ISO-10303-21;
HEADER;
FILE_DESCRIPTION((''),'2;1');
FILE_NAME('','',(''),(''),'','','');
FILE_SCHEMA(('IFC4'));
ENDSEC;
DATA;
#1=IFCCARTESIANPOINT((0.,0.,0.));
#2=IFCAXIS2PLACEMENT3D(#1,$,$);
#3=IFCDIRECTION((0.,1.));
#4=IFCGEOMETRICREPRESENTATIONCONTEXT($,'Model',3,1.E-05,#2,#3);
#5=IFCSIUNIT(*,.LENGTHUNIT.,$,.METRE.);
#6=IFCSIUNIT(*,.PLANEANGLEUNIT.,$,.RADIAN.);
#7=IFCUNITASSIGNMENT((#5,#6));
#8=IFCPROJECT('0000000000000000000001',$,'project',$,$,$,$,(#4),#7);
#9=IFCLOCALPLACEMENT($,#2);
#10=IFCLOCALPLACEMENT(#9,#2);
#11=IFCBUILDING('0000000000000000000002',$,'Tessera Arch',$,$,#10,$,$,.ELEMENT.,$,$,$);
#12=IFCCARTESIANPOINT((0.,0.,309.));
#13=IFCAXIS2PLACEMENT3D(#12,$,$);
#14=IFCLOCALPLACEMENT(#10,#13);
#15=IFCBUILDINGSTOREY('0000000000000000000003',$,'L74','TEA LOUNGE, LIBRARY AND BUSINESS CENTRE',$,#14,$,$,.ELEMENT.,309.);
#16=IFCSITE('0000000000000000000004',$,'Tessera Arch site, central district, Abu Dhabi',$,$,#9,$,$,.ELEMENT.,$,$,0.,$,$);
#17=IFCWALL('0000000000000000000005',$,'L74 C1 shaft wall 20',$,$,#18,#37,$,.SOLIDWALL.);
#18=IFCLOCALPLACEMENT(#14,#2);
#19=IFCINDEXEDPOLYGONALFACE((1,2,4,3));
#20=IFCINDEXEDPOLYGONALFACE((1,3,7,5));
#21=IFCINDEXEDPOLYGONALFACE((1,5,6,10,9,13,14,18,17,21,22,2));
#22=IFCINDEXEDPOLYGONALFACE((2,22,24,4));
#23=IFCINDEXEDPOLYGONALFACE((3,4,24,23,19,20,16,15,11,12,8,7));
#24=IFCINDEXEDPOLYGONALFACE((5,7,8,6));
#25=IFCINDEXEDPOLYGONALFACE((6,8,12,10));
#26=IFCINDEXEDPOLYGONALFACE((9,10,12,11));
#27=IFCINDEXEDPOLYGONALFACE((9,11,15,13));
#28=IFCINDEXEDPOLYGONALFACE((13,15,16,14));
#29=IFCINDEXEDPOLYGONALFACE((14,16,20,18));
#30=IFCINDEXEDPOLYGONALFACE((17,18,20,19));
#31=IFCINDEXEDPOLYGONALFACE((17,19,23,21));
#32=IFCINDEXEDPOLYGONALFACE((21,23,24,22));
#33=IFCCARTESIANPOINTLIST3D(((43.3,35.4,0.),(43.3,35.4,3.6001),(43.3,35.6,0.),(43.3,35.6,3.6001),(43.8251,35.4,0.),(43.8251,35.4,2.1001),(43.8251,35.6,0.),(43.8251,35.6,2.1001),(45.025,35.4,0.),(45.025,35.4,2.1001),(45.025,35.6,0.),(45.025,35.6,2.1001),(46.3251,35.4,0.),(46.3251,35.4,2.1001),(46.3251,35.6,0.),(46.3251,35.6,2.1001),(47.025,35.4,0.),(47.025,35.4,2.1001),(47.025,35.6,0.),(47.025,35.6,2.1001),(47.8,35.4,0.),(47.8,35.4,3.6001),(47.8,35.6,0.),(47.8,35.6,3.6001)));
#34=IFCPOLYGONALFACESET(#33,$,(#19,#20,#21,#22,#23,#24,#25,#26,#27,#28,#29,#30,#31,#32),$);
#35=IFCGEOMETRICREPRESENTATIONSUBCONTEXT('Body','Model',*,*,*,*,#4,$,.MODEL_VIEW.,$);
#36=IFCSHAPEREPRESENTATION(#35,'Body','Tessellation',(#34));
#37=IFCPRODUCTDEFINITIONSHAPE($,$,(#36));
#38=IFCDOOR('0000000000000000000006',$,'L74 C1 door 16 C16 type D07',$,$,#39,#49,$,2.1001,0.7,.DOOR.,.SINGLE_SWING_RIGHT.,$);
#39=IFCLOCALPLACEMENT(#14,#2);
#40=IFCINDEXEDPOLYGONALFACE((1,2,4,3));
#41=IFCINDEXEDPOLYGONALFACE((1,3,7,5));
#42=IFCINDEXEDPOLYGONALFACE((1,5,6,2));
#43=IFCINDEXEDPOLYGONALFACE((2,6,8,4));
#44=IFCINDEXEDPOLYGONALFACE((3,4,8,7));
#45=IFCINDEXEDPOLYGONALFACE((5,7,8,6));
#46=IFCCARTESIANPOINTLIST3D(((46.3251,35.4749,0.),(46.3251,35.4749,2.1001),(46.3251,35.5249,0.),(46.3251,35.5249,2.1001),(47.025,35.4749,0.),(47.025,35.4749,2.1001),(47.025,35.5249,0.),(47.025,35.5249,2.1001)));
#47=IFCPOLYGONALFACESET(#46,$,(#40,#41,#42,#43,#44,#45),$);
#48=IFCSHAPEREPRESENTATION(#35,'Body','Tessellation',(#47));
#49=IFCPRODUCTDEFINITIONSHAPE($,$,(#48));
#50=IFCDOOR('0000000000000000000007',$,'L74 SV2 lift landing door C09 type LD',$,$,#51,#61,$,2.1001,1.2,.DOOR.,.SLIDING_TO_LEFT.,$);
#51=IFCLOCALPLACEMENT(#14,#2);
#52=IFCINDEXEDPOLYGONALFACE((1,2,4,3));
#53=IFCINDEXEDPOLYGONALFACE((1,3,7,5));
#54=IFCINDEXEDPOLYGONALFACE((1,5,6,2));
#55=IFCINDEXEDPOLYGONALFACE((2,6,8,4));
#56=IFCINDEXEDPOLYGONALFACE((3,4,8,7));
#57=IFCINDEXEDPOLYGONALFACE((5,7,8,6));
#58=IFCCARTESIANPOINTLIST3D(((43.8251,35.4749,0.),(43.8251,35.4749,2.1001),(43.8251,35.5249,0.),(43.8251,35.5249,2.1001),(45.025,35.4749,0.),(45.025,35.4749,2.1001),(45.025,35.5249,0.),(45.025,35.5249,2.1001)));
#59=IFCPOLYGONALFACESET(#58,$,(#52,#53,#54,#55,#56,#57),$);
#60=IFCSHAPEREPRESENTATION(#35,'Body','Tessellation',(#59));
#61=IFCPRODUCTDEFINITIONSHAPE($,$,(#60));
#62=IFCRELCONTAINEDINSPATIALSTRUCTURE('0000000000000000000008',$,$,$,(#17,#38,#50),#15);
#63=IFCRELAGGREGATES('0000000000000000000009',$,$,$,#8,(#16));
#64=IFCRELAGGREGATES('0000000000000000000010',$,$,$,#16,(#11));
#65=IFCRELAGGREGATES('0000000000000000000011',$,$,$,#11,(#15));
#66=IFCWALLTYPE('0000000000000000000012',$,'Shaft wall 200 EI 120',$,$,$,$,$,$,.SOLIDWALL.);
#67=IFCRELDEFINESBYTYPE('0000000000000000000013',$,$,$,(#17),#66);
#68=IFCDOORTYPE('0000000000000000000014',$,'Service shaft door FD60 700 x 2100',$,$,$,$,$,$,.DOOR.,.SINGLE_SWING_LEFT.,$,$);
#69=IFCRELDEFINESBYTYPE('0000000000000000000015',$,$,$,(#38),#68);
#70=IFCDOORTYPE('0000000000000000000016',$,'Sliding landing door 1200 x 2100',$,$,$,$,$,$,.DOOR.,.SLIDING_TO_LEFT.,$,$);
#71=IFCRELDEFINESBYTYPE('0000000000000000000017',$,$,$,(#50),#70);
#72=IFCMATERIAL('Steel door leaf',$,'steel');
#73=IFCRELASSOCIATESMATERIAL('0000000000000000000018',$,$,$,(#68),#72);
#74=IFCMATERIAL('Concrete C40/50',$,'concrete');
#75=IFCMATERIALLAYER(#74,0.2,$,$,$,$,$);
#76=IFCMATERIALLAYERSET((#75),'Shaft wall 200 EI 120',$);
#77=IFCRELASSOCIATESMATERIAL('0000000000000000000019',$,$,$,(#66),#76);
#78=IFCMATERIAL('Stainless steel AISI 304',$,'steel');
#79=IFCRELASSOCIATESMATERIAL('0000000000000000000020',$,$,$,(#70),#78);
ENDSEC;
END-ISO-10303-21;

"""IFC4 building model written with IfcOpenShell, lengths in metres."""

from ifc_helpers import new_model, si_unit, direction, frame, frame_2d, origin, place, context, subcontext, project, spatial, rectangle, extrude, material, layer, layer_set, type_object, element, fill, save


model = new_model("IFC4")

# Units and contexts
model_context = context("Model", 3, precision=1e-05, world=origin(), true_north=direction((0.0, 1.0)))
body_context = subcontext(model_context, "Body", "Model", "MODEL_VIEW")
ifc_project = project(units=[si_unit("LENGTHUNIT", "METRE"), si_unit("PLANEANGLEUNIT", "RADIAN")], contexts=[model_context])

# Site, building, storey
site_placement = place(None, origin())
site = spatial("IfcSite", under=ifc_project, at=site_placement, Name="Tessera Arch site, central district, Abu Dhabi", CompositionType="ELEMENT", RefElevation=0.0)
building_placement = place(site_placement, origin())
building = spatial("IfcBuilding", under=site, at=building_placement, Name="Tessera Arch", CompositionType="ELEMENT")
storey_placement = place(building_placement, frame((0.0, 0.0, 309.0)))
storey = spatial("IfcBuildingStorey", under=building, at=storey_placement, Name="L74", Description="TEA LOUNGE, LIBRARY AND BUSINESS CENTRE", CompositionType="ELEMENT", Elevation=309.0)

# Shared definitions
ifc_material_1 = material(Name="Steel door leaf", Category="steel")
door_type_1 = type_object("IfcDoorType", Name="Service shaft door FD60 700 x 2100", OperationType="SINGLE_SWING_LEFT", PredefinedType="DOOR", material=ifc_material_1)

# Shared definitions
ifc_material_2 = material(Name="Concrete C40/50", Category="concrete")
ifc_layer_1 = layer(ifc_material_2, 0.2)
ifc_layer_set_1 = layer_set([ifc_layer_1], Name="Shaft wall 200 EI 120")
wall_type_1 = type_object("IfcWallType", Name="Shaft wall 200 EI 120", PredefinedType="SOLIDWALL", material=ifc_layer_set_1)

# Wall, openings, doors
wall_1_placement = place(storey_placement, frame((43.3, 35.5, 0.0), z_axis=(0.0, 0.0, 1.0), x_axis=(1.0, 0.0, 0.0)))
wall_1 = element("IfcWall", 1, at=wall_1_placement, inside=storey, type_object=wall_type_1, Name="L74 C1 shaft wall 20", PredefinedType="SOLIDWALL", context=body_context, shape_type="SweptSolid", body=[
    extrude(rectangle(XDim=4.5, YDim=0.2, at=frame_2d((2.25, 0.0))), origin(), (0.0, 0.0, 1.0), 3.6001),
])
opening_1_placement = place(wall_1_placement, frame((0.5249, 0.0, 0.0)))
opening_1 = element("IfcOpeningElement", 2, at=opening_1_placement, cuts=wall_1, PredefinedType="OPENING", context=body_context, shape_type="SweptSolid", body=[
    extrude(rectangle(XDim=1.2, YDim=2.1001, at=frame_2d((0.6001, 1.05))), frame((0.0, 0.1099, 0.0), z_axis=(0.0, -1.0, 0.0), x_axis=(1.0, 0.0, 0.0)), (0.0, 0.0, 1.0), 0.22),
])
opening_2_placement = place(wall_1_placement, frame((3.0249, 0.0, 0.0)))
opening_2 = element("IfcOpeningElement", 3, at=opening_2_placement, cuts=wall_1, PredefinedType="OPENING", context=body_context, shape_type="SweptSolid", body=[
    extrude(rectangle(XDim=0.7, YDim=2.1001, at=frame_2d((0.3501, 1.05))), frame((0.0, 0.1099, 0.0), z_axis=(0.0, -1.0, 0.0), x_axis=(1.0, 0.0, 0.0)), (0.0, 0.0, 1.0), 0.22),
])
door_1_placement = place(opening_2_placement, origin())
door_1 = element("IfcDoor", 4, at=door_1_placement, inside=storey, type_object=door_type_1, Name="L74 C1 door 16 C16 type D07", OperationType="SINGLE_SWING_RIGHT", OverallHeight=2.1001, OverallWidth=0.7, PredefinedType="DOOR", context=body_context, shape_type="SweptSolid", body=[
    extrude(rectangle(XDim=0.7, YDim=2.1001, at=frame_2d((0.3501, 1.05))), frame((0.0, 0.0249, 0.0), z_axis=(0.0, -1.0, 0.0), x_axis=(1.0, 0.0, 0.0)), (0.0, 0.0, 1.0), 0.05),
])
fill(opening_2, door_1)
ifc_material_3 = material(Name="Stainless steel AISI 304", Category="steel")
door_type_2 = type_object("IfcDoorType", Name="Sliding landing door 1200 x 2100", OperationType="SLIDING_TO_LEFT", PredefinedType="DOOR", material=ifc_material_3)
door_2_placement = place(opening_1_placement, origin())
door_2 = element("IfcDoor", 5, at=door_2_placement, inside=storey, type_object=door_type_2, Name="L74 SV2 lift landing door C09 type LD", OperationType="SLIDING_TO_LEFT", OverallHeight=2.1001, OverallWidth=1.2, PredefinedType="DOOR", context=body_context, shape_type="SweptSolid", body=[
    extrude(rectangle(XDim=1.2, YDim=2.1001, at=frame_2d((0.6001, 1.05))), frame((0.0, 0.0249, 0.0), z_axis=(0.0, -1.0, 0.0), x_axis=(1.0, 0.0, 0.0)), (0.0, 0.0, 1.0), 0.05),
])
fill(opening_1, door_2)

save(model, "model.ifc")
